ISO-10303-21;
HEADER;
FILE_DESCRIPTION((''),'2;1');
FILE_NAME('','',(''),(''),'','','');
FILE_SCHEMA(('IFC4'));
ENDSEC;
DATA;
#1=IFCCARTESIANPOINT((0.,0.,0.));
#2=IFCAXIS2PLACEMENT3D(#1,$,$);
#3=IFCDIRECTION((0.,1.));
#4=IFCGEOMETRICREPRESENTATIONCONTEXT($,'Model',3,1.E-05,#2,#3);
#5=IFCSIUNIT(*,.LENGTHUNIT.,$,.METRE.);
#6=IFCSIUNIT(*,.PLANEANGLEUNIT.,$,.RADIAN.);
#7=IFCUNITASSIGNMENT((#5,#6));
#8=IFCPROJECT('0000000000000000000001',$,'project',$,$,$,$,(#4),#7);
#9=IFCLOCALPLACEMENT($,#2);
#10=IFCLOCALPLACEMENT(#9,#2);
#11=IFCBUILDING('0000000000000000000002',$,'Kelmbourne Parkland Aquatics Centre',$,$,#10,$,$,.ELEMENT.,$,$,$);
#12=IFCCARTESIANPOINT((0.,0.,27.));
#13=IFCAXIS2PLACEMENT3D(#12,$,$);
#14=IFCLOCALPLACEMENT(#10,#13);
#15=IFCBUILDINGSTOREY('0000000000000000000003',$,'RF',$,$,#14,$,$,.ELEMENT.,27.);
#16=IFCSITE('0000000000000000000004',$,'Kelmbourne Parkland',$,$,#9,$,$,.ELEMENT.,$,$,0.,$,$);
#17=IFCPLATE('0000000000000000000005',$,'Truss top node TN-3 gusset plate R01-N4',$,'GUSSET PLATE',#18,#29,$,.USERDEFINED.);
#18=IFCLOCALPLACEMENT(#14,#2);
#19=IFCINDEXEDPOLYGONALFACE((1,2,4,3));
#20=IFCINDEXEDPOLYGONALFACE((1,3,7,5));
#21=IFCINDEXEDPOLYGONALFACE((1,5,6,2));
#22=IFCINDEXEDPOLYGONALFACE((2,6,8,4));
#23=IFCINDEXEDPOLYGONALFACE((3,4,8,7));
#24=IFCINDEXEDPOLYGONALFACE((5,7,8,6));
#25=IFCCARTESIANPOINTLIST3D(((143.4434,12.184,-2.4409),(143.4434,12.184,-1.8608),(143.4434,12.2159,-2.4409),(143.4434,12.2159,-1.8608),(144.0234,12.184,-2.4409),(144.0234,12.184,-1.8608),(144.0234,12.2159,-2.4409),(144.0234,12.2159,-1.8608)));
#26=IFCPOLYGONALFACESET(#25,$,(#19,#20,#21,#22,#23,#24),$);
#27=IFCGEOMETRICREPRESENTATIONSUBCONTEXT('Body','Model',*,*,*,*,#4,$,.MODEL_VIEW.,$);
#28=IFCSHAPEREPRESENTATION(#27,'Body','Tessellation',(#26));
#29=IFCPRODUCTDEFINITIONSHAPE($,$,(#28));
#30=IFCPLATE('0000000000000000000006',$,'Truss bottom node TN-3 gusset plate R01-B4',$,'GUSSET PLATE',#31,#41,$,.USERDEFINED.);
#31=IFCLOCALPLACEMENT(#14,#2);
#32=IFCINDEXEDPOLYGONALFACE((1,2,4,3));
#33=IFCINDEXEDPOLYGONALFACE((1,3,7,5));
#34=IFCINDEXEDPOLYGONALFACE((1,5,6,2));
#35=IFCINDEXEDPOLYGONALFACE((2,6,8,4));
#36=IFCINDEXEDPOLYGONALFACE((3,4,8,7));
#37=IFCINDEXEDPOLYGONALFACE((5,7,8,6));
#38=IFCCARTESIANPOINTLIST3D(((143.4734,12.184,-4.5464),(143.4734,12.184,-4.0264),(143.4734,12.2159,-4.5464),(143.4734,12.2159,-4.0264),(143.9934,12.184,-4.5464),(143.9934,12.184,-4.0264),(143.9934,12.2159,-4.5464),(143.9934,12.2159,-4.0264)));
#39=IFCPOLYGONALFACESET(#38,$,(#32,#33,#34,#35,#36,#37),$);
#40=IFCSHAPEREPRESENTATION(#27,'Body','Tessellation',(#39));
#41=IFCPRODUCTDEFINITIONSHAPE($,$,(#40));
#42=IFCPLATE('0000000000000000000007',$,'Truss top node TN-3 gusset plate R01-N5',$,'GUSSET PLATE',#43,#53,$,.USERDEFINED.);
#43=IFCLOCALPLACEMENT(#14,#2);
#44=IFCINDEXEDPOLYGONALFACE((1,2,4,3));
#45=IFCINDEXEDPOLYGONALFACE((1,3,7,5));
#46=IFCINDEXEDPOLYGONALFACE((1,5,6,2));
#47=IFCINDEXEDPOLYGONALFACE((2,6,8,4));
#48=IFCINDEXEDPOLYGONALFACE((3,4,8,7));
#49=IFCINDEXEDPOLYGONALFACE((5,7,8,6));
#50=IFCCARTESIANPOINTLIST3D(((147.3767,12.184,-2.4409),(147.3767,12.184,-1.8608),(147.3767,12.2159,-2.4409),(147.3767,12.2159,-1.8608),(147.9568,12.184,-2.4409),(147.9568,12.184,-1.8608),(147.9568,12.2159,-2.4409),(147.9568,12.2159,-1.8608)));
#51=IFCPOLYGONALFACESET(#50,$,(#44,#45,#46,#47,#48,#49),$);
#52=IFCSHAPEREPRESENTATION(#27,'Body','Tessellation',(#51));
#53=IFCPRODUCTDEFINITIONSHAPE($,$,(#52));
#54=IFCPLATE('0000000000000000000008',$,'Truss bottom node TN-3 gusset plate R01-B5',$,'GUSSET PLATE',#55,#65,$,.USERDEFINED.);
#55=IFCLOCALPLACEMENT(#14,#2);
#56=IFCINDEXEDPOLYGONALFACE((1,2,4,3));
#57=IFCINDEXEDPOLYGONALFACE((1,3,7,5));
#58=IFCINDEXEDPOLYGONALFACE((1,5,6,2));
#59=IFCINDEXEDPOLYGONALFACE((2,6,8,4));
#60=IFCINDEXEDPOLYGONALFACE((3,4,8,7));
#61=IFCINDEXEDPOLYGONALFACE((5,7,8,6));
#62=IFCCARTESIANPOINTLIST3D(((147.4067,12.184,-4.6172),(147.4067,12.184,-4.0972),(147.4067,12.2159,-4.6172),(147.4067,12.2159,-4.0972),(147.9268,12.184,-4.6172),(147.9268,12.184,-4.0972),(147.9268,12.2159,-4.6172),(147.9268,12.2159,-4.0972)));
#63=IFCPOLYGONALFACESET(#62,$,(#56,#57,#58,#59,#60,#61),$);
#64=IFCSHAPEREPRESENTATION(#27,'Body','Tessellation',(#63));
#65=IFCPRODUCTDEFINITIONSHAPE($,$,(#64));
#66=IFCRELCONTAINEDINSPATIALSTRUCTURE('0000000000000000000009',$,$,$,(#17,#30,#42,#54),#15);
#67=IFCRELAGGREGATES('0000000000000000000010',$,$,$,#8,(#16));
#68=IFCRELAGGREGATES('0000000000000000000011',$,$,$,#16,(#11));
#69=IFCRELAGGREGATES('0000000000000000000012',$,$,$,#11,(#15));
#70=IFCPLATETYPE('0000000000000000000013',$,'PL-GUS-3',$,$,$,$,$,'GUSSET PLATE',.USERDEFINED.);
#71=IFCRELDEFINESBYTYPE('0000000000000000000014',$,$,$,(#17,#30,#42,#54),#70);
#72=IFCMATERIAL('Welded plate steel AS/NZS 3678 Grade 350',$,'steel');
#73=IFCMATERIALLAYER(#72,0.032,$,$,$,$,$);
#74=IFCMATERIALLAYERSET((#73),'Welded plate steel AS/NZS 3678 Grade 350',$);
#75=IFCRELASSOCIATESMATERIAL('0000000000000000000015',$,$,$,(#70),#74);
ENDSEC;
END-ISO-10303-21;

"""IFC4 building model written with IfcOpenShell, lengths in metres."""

from ifc_helpers import new_model, si_unit, direction, frame, origin, origin_2d, place, context, subcontext, project, spatial, rectangle, extrude, material, layer, layer_set, type_object, element, save


model = new_model("IFC4")

# Units and contexts
model_context = context("Model", 3, precision=1e-05, world=origin(), true_north=direction((0.0, 1.0)))
body_context = subcontext(model_context, "Body", "Model", "MODEL_VIEW")
ifc_project = project(units=[si_unit("LENGTHUNIT", "METRE"), si_unit("PLANEANGLEUNIT", "RADIAN")], contexts=[model_context])

# Site, building, storey
site_placement = place(None, origin())
site = spatial("IfcSite", under=ifc_project, at=site_placement, Name="Kelmbourne Parkland", CompositionType="ELEMENT", RefElevation=0.0)
building_placement = place(site_placement, origin())
building = spatial("IfcBuilding", under=site, at=building_placement, Name="Kelmbourne Parkland Aquatics Centre", CompositionType="ELEMENT")
storey_placement = place(building_placement, frame((0.0, 0.0, 27.0)))
storey = spatial("IfcBuildingStorey", under=building, at=storey_placement, Name="RF", CompositionType="ELEMENT", Elevation=27.0)

# Shared definitions
ifc_material_1 = material(Name="Welded plate steel AS/NZS 3678 Grade 350", Category="steel")

# Plates
ifc_layer_1 = layer(ifc_material_1, 0.032)
ifc_layer_set_1 = layer_set([ifc_layer_1], Name="Welded plate steel AS/NZS 3678 Grade 350")
plate_type_1 = type_object("IfcPlateType", Name="PL-GUS-3", ElementType="GUSSET PLATE", PredefinedType="USERDEFINED", material=ifc_layer_set_1)
plate_1_placement = place(storey_placement, frame((143.7334, 12.2, -2.4409), z_axis=(0.0, 0.0, 1.0), x_axis=(1.0, 0.0, 0.0)))
element("IfcPlate", 1, at=plate_1_placement, inside=storey, type_object=plate_type_1, Name="Truss top node TN-3 gusset plate R01-N4", ObjectType="GUSSET PLATE", PredefinedType="USERDEFINED", context=body_context, shape_type="SweptSolid", body=[
    extrude(rectangle(XDim=0.5801, YDim=0.032, at=origin_2d()), origin(), (0.0, 0.0, 1.0), 0.5801),
])
plate_2_placement = place(storey_placement, frame((143.7334, 12.2, -4.5464), z_axis=(0.0, 0.0, 1.0), x_axis=(1.0, 0.0, 0.0)))
element("IfcPlate", 2, at=plate_2_placement, inside=storey, type_object=plate_type_1, Name="Truss bottom node TN-3 gusset plate R01-B4", ObjectType="GUSSET PLATE", PredefinedType="USERDEFINED", context=body_context, shape_type="SweptSolid", body=[
    extrude(rectangle(XDim=0.52, YDim=0.032, at=origin_2d()), origin(), (0.0, 0.0, 1.0), 0.52),
])
plate_3_placement = place(storey_placement, frame((147.6667, 12.2, -2.4409), z_axis=(0.0, 0.0, 1.0), x_axis=(1.0, 0.0, 0.0)))
element("IfcPlate", 3, at=plate_3_placement, inside=storey, type_object=plate_type_1, Name="Truss top node TN-3 gusset plate R01-N5", ObjectType="GUSSET PLATE", PredefinedType="USERDEFINED", context=body_context, shape_type="SweptSolid", body=[
    extrude(rectangle(XDim=0.5801, YDim=0.032, at=origin_2d()), origin(), (0.0, 0.0, 1.0), 0.5801),
])
plate_4_placement = place(storey_placement, frame((147.6667, 12.2, -4.6172), z_axis=(0.0, 0.0, 1.0), x_axis=(1.0, 0.0, 0.0)))
element("IfcPlate", 4, at=plate_4_placement, inside=storey, type_object=plate_type_1, Name="Truss bottom node TN-3 gusset plate R01-B5", ObjectType="GUSSET PLATE", PredefinedType="USERDEFINED", context=body_context, shape_type="SweptSolid", body=[
    extrude(rectangle(XDim=0.52, YDim=0.032, at=origin_2d()), origin(), (0.0, 0.0, 1.0), 0.52),
])

save(model, "model.ifc")
